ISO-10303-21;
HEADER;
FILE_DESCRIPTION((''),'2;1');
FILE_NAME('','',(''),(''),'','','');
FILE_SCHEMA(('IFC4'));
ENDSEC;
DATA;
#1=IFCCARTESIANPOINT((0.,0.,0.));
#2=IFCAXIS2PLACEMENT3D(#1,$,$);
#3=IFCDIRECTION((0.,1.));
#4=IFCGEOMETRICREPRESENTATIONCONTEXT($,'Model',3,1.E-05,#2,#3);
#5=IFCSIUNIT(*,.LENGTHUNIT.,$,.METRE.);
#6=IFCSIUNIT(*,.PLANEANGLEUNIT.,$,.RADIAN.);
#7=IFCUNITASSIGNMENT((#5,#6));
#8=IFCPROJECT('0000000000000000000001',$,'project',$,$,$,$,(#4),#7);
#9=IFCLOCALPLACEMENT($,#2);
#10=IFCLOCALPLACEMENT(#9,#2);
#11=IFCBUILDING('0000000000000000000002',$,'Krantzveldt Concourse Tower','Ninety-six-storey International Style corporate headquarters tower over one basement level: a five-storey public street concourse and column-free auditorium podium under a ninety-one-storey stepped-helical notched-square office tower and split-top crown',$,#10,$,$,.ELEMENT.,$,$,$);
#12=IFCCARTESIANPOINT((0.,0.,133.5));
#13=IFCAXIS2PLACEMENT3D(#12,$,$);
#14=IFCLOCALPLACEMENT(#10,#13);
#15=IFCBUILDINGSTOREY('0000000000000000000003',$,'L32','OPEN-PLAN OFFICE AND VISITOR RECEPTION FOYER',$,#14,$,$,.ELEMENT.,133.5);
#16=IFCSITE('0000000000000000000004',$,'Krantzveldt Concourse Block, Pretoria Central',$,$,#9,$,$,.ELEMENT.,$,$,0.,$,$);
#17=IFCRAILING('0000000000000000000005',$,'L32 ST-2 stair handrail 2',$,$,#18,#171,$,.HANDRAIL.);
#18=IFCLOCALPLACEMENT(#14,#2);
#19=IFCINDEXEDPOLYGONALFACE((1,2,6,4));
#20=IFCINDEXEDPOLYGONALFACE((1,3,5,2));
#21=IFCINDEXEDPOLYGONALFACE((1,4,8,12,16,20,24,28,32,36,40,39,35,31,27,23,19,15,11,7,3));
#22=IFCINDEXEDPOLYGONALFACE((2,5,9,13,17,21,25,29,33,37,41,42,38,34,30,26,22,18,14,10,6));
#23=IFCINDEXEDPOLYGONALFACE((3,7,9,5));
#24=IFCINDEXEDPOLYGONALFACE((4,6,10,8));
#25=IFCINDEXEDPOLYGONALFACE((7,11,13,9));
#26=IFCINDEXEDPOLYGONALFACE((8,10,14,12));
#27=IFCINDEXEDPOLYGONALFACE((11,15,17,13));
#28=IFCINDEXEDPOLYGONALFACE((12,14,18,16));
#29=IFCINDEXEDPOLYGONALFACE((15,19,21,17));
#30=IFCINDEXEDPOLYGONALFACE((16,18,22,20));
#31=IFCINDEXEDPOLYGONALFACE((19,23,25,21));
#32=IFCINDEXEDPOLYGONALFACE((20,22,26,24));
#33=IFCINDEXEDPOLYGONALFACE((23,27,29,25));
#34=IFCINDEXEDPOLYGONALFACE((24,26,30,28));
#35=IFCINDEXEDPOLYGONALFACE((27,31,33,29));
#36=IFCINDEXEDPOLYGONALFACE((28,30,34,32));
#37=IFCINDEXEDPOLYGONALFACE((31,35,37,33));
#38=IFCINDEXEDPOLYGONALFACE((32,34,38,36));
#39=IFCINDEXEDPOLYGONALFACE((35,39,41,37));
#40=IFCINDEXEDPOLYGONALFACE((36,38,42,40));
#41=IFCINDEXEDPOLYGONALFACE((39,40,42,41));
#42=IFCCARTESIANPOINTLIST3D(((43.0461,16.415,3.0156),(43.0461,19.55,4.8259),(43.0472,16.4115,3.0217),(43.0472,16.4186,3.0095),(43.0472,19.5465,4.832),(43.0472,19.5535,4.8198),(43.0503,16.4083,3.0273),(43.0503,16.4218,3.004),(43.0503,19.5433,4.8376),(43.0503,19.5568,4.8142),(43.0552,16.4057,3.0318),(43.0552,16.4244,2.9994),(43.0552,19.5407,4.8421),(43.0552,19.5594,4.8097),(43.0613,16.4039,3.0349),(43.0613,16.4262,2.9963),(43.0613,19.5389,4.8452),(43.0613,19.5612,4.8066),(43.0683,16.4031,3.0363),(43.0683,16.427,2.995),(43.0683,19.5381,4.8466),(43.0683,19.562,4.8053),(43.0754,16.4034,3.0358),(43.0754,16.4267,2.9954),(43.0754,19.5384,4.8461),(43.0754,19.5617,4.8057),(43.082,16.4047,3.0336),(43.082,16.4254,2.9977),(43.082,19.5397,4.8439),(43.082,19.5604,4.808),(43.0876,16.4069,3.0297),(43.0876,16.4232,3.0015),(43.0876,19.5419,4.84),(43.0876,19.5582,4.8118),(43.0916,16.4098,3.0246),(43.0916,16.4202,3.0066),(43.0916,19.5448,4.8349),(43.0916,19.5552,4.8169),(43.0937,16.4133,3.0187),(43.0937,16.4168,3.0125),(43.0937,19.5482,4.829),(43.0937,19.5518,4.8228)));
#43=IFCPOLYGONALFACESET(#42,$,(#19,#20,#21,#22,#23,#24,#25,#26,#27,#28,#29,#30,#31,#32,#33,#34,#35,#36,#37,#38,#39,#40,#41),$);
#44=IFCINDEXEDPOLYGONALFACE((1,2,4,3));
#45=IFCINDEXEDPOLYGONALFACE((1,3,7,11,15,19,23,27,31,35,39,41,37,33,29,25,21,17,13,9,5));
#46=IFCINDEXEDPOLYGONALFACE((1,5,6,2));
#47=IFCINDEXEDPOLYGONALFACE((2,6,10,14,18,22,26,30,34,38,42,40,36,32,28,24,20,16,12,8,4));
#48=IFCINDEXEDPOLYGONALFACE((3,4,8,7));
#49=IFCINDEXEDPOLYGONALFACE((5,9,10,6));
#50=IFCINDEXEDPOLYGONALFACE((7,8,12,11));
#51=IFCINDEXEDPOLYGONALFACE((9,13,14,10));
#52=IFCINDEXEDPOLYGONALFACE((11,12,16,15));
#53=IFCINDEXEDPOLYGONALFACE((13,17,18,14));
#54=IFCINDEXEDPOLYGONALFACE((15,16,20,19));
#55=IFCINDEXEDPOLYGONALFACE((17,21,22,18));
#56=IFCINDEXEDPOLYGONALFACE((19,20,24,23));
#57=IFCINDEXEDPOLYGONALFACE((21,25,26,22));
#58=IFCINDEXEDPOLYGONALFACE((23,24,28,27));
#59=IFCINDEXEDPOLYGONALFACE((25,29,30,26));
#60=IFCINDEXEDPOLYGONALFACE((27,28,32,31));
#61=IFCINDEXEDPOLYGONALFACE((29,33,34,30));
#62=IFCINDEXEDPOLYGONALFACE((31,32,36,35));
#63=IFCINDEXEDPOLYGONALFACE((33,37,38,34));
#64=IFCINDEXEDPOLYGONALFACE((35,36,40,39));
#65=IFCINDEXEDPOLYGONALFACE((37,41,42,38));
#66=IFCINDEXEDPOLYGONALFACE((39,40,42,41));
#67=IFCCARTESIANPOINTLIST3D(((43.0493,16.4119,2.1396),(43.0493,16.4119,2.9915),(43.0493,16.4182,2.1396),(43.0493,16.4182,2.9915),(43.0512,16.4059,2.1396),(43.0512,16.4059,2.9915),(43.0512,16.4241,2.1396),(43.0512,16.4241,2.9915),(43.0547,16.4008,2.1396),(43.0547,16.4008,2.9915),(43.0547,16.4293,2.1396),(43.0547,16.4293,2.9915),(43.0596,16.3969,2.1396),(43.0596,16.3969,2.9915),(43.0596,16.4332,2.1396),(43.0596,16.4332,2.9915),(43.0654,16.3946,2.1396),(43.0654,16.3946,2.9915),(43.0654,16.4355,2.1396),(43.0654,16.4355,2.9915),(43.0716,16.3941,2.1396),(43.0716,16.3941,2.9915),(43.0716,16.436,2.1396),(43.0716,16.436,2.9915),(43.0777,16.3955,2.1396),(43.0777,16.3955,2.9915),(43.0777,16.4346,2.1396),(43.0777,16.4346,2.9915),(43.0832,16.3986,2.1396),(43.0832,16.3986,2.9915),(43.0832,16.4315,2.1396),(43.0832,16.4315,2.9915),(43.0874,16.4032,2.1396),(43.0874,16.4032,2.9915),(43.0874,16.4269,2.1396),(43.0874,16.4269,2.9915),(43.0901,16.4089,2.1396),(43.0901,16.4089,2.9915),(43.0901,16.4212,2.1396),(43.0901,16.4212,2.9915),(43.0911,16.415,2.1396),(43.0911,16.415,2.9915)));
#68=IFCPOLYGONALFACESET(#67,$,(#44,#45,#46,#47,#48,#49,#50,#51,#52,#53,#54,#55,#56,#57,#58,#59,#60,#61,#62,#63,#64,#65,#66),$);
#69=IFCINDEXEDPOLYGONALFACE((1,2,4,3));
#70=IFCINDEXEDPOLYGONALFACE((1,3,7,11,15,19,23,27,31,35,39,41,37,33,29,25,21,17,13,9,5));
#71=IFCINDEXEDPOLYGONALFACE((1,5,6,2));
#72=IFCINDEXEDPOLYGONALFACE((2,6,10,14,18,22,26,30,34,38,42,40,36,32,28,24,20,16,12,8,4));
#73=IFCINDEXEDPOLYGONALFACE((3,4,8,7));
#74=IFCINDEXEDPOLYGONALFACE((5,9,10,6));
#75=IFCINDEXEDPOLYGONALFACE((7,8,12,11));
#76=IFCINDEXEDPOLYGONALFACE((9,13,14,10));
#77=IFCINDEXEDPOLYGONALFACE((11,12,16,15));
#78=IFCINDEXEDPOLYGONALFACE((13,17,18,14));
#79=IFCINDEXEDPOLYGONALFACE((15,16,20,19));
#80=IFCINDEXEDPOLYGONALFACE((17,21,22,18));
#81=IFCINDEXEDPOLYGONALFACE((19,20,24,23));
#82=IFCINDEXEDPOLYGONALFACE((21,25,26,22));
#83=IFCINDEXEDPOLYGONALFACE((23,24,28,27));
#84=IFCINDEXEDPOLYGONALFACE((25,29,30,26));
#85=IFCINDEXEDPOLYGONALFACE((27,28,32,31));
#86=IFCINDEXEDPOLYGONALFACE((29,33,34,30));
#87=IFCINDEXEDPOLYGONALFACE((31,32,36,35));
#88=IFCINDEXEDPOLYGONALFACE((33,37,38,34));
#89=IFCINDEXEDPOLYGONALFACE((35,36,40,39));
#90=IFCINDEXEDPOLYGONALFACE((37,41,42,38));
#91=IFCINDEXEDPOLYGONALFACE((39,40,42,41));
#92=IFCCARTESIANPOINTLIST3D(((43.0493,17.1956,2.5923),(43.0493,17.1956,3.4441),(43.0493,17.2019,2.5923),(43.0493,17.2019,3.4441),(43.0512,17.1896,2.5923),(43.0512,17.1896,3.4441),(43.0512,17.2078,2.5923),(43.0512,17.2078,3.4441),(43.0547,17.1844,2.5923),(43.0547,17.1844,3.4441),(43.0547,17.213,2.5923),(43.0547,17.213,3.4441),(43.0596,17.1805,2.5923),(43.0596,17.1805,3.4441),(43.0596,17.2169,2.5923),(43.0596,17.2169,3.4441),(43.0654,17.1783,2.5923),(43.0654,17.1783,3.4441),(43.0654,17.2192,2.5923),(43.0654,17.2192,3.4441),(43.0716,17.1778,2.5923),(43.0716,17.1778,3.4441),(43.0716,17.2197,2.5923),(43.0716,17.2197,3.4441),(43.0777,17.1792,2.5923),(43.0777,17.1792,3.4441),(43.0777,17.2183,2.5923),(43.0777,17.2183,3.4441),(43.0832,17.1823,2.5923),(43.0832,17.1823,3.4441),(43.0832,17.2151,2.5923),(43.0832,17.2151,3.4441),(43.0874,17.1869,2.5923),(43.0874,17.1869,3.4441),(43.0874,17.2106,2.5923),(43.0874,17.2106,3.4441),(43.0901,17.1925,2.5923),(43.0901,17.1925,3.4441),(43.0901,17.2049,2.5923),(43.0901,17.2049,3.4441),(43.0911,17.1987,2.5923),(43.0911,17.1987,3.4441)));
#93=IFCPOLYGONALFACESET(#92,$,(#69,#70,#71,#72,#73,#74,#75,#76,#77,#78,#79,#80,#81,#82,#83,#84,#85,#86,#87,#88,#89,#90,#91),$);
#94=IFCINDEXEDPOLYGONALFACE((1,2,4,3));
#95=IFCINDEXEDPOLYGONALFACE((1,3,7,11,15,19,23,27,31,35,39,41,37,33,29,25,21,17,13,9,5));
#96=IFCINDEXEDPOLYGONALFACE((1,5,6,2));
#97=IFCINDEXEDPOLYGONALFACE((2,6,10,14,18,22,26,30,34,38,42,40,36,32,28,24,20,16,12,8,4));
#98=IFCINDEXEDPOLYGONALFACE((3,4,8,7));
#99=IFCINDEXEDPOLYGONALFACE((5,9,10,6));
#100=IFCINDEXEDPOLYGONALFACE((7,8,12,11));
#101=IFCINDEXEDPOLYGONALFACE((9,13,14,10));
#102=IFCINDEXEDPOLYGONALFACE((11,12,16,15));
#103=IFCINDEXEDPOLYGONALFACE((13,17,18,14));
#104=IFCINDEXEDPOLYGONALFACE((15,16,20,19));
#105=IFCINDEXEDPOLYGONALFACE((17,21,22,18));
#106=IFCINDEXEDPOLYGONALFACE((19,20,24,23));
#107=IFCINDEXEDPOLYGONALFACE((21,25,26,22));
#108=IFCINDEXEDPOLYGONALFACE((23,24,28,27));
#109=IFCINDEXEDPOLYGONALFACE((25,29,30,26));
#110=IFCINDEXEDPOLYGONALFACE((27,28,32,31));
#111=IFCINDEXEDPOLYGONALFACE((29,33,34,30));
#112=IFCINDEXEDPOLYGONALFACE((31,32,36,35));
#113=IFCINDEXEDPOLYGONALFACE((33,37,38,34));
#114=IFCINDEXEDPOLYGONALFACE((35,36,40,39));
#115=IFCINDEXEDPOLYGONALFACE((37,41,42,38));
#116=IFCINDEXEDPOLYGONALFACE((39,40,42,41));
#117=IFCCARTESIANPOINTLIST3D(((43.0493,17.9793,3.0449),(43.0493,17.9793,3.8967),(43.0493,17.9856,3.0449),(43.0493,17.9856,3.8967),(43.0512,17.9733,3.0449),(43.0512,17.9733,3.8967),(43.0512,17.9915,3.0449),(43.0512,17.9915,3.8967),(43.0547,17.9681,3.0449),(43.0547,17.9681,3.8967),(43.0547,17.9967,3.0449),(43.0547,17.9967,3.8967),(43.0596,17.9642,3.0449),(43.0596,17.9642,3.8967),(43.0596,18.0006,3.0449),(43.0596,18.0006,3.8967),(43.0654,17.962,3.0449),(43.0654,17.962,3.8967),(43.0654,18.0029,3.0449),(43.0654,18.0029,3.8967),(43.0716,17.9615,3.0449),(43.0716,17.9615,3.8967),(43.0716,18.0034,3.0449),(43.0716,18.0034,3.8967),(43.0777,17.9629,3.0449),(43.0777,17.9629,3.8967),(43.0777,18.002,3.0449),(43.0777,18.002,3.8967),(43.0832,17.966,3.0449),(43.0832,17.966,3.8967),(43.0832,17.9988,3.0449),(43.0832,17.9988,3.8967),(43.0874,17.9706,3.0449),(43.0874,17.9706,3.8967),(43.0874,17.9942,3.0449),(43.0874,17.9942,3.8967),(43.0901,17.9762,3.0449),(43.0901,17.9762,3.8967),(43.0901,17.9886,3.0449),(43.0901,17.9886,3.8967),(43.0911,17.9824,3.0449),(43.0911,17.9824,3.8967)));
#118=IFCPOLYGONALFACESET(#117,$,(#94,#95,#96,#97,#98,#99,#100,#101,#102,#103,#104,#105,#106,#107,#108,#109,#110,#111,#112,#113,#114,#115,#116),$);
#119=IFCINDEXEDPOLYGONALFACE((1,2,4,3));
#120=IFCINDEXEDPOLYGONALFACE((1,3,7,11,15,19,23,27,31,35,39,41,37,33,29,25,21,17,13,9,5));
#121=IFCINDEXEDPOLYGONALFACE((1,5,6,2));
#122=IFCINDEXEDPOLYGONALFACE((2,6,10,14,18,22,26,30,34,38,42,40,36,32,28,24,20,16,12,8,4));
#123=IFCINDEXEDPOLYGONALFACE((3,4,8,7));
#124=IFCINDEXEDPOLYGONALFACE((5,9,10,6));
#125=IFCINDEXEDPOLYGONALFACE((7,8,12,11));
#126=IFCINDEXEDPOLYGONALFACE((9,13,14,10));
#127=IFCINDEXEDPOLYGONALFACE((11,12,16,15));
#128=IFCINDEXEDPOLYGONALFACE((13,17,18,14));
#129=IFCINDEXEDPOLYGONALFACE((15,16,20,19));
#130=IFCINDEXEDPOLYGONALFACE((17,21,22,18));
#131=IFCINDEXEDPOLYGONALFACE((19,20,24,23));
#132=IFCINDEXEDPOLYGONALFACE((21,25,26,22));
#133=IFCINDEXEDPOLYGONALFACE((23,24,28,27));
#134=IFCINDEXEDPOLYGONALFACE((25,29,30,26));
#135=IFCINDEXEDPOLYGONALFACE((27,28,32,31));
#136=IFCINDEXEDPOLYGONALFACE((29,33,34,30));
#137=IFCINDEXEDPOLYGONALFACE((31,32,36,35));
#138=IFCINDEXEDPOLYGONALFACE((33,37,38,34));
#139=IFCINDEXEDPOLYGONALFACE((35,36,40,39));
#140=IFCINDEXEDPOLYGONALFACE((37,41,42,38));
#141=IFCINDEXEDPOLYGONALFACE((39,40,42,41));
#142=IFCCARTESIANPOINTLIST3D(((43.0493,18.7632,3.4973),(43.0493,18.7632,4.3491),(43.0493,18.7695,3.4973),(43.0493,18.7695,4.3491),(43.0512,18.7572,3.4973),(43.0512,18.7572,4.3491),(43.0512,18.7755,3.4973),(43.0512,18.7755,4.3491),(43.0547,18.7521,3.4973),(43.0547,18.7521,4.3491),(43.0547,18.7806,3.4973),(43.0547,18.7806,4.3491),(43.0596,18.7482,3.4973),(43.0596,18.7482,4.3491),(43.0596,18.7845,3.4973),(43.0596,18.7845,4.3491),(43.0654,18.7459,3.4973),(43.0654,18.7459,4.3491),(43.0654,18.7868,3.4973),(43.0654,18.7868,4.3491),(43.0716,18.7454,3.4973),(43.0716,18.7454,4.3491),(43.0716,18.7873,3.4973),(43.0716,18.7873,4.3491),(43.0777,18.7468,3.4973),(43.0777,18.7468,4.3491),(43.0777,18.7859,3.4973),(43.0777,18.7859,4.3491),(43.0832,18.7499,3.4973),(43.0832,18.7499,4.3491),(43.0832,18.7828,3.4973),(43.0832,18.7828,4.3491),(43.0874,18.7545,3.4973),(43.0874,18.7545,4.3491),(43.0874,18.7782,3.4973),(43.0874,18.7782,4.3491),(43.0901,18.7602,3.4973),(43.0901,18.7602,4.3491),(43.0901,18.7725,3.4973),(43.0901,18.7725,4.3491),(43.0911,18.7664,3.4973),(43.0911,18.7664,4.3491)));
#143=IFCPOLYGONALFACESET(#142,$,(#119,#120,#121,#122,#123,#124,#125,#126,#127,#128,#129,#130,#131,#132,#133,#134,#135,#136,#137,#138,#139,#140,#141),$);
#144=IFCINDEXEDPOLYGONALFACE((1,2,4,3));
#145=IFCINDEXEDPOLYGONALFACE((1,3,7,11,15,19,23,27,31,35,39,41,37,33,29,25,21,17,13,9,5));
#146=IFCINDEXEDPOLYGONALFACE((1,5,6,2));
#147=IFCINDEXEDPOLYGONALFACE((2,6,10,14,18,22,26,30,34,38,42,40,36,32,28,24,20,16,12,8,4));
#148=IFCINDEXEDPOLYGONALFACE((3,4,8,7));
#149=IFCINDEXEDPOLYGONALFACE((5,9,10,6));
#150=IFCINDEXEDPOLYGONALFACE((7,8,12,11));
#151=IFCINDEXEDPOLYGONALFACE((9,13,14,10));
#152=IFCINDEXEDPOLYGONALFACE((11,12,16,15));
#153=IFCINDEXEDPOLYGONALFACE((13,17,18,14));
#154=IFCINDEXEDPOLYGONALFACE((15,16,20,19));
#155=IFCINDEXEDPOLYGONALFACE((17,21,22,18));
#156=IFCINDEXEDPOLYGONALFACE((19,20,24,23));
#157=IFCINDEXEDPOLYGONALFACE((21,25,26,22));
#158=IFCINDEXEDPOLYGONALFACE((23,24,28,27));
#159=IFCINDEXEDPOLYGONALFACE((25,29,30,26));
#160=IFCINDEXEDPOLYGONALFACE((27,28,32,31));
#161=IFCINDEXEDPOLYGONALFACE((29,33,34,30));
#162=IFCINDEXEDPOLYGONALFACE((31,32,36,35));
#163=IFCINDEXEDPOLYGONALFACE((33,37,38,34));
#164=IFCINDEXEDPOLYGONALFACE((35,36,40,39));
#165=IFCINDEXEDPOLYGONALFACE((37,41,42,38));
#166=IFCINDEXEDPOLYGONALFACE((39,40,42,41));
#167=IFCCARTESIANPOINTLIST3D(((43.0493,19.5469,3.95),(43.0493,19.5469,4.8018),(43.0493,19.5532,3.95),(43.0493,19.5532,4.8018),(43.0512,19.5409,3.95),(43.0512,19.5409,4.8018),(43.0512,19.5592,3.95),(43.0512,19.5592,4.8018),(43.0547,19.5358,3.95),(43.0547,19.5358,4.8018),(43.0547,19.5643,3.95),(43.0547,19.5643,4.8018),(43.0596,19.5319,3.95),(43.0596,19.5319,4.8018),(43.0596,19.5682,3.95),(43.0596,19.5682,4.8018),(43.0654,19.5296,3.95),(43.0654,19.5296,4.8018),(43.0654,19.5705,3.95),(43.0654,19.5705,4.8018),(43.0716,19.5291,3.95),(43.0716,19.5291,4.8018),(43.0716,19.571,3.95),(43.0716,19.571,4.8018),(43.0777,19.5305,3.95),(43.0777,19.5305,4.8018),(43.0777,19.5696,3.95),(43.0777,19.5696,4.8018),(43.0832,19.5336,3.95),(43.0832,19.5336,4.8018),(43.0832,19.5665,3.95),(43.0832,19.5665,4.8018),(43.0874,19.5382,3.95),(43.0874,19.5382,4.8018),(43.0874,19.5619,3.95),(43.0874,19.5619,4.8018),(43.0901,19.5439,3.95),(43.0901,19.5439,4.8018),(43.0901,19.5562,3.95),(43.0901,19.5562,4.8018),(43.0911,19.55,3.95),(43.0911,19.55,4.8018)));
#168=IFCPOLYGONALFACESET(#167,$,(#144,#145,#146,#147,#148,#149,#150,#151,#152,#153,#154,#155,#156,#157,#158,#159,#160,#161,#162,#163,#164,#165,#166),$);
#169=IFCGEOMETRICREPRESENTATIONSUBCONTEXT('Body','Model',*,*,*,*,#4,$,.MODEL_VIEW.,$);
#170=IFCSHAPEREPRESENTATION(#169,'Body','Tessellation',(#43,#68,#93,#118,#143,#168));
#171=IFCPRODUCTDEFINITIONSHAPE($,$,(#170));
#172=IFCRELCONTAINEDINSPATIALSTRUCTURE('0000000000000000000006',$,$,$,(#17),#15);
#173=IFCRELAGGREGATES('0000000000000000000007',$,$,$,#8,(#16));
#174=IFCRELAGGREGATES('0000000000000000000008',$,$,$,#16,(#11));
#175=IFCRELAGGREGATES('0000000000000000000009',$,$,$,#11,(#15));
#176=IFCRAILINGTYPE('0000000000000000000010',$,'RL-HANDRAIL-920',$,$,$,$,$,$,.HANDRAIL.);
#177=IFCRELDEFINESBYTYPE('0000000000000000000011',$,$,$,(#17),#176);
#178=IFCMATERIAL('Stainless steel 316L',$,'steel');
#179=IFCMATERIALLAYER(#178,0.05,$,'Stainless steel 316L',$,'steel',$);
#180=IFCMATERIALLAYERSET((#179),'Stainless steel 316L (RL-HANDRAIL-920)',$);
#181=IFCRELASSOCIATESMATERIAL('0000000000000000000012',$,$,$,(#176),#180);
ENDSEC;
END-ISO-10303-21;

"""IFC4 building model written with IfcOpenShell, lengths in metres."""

from ifc_helpers import new_model, si_unit, direction, frame, origin, origin_2d, place, context, subcontext, project, spatial, circle, extrude, material, layer, layer_set, type_object, element, save


model = new_model("IFC4")

# Units and contexts
model_context = context("Model", 3, precision=1e-05, world=origin(), true_north=direction((0.0, 1.0)))
body_context = subcontext(model_context, "Body", "Model", "MODEL_VIEW")
ifc_project = project(units=[si_unit("LENGTHUNIT", "METRE"), si_unit("PLANEANGLEUNIT", "RADIAN")], contexts=[model_context])

# Site, building, storey
site_placement = place(None, origin())
site = spatial("IfcSite", under=ifc_project, at=site_placement, Name="Krantzveldt Concourse Block, Pretoria Central", CompositionType="ELEMENT", RefElevation=0.0)
building_placement = place(site_placement, origin())
building = spatial("IfcBuilding", under=site, at=building_placement, Name="Krantzveldt Concourse Tower", Description="Ninety-six-storey International Style corporate headquarters tower over one basement level: a five-storey public street concourse and column-free auditorium podium under a ninety-one-storey stepped-helical notched-square office tower and split-top crown", CompositionType="ELEMENT")
storey_placement = place(building_placement, frame((0.0, 0.0, 133.5)))
storey = spatial("IfcBuildingStorey", under=building, at=storey_placement, Name="L32", Description="OPEN-PLAN OFFICE AND VISITOR RECEPTION FOYER", CompositionType="ELEMENT", Elevation=133.5)

# Shared definitions
ifc_material_1 = material(Name="Stainless steel 316L", Category="steel")

# Railing
ifc_layer_1 = layer(ifc_material_1, 0.05, Name="Stainless steel 316L", Category="steel")
ifc_layer_set_1 = layer_set([ifc_layer_1], Name="Stainless steel 316L (RL-HANDRAIL-920)")
railing_type_1 = type_object("IfcRailingType", Name="RL-HANDRAIL-920", PredefinedType="HANDRAIL", material=ifc_layer_set_1)
railing_1_placement = place(storey_placement, frame((43.0701, 16.415, 2.1396)))
element("IfcRailing", 1, at=railing_1_placement, inside=storey, type_object=railing_type_1, Name="L32 ST-2 stair handrail 2", PredefinedType="HANDRAIL", context=body_context, shape_type="SweptSolid", body=[
    extrude(circle(Radius=0.0239, at=origin_2d()), frame((0.0, 0.0, 0.876), z_axis=(0.0, 0.865989, 0.500063), x_axis=(-1.0, 0.0, 0.0)), (0.0, 0.0, 1.0), 3.6201),
    extrude(circle(Radius=0.021, at=origin_2d()), origin(), (0.0, 0.0, 1.0), 0.8518),
    extrude(circle(Radius=0.021, at=origin_2d()), frame((0.0, 0.7837, 0.4526)), (0.0, 0.0, 1.0), 0.8518),
    extrude(circle(Radius=0.021, at=origin_2d()), frame((0.0, 1.5674, 0.9053)), (0.0, 0.0, 1.0), 0.8518),
    extrude(circle(Radius=0.021, at=origin_2d()), frame((0.0, 2.3513, 1.3577)), (0.0, 0.0, 1.0), 0.8518),
    extrude(circle(Radius=0.021, at=origin_2d()), frame((0.0, 3.135, 1.8103)), (0.0, 0.0, 1.0), 0.8518),
])

save(model, "model.ifc")
